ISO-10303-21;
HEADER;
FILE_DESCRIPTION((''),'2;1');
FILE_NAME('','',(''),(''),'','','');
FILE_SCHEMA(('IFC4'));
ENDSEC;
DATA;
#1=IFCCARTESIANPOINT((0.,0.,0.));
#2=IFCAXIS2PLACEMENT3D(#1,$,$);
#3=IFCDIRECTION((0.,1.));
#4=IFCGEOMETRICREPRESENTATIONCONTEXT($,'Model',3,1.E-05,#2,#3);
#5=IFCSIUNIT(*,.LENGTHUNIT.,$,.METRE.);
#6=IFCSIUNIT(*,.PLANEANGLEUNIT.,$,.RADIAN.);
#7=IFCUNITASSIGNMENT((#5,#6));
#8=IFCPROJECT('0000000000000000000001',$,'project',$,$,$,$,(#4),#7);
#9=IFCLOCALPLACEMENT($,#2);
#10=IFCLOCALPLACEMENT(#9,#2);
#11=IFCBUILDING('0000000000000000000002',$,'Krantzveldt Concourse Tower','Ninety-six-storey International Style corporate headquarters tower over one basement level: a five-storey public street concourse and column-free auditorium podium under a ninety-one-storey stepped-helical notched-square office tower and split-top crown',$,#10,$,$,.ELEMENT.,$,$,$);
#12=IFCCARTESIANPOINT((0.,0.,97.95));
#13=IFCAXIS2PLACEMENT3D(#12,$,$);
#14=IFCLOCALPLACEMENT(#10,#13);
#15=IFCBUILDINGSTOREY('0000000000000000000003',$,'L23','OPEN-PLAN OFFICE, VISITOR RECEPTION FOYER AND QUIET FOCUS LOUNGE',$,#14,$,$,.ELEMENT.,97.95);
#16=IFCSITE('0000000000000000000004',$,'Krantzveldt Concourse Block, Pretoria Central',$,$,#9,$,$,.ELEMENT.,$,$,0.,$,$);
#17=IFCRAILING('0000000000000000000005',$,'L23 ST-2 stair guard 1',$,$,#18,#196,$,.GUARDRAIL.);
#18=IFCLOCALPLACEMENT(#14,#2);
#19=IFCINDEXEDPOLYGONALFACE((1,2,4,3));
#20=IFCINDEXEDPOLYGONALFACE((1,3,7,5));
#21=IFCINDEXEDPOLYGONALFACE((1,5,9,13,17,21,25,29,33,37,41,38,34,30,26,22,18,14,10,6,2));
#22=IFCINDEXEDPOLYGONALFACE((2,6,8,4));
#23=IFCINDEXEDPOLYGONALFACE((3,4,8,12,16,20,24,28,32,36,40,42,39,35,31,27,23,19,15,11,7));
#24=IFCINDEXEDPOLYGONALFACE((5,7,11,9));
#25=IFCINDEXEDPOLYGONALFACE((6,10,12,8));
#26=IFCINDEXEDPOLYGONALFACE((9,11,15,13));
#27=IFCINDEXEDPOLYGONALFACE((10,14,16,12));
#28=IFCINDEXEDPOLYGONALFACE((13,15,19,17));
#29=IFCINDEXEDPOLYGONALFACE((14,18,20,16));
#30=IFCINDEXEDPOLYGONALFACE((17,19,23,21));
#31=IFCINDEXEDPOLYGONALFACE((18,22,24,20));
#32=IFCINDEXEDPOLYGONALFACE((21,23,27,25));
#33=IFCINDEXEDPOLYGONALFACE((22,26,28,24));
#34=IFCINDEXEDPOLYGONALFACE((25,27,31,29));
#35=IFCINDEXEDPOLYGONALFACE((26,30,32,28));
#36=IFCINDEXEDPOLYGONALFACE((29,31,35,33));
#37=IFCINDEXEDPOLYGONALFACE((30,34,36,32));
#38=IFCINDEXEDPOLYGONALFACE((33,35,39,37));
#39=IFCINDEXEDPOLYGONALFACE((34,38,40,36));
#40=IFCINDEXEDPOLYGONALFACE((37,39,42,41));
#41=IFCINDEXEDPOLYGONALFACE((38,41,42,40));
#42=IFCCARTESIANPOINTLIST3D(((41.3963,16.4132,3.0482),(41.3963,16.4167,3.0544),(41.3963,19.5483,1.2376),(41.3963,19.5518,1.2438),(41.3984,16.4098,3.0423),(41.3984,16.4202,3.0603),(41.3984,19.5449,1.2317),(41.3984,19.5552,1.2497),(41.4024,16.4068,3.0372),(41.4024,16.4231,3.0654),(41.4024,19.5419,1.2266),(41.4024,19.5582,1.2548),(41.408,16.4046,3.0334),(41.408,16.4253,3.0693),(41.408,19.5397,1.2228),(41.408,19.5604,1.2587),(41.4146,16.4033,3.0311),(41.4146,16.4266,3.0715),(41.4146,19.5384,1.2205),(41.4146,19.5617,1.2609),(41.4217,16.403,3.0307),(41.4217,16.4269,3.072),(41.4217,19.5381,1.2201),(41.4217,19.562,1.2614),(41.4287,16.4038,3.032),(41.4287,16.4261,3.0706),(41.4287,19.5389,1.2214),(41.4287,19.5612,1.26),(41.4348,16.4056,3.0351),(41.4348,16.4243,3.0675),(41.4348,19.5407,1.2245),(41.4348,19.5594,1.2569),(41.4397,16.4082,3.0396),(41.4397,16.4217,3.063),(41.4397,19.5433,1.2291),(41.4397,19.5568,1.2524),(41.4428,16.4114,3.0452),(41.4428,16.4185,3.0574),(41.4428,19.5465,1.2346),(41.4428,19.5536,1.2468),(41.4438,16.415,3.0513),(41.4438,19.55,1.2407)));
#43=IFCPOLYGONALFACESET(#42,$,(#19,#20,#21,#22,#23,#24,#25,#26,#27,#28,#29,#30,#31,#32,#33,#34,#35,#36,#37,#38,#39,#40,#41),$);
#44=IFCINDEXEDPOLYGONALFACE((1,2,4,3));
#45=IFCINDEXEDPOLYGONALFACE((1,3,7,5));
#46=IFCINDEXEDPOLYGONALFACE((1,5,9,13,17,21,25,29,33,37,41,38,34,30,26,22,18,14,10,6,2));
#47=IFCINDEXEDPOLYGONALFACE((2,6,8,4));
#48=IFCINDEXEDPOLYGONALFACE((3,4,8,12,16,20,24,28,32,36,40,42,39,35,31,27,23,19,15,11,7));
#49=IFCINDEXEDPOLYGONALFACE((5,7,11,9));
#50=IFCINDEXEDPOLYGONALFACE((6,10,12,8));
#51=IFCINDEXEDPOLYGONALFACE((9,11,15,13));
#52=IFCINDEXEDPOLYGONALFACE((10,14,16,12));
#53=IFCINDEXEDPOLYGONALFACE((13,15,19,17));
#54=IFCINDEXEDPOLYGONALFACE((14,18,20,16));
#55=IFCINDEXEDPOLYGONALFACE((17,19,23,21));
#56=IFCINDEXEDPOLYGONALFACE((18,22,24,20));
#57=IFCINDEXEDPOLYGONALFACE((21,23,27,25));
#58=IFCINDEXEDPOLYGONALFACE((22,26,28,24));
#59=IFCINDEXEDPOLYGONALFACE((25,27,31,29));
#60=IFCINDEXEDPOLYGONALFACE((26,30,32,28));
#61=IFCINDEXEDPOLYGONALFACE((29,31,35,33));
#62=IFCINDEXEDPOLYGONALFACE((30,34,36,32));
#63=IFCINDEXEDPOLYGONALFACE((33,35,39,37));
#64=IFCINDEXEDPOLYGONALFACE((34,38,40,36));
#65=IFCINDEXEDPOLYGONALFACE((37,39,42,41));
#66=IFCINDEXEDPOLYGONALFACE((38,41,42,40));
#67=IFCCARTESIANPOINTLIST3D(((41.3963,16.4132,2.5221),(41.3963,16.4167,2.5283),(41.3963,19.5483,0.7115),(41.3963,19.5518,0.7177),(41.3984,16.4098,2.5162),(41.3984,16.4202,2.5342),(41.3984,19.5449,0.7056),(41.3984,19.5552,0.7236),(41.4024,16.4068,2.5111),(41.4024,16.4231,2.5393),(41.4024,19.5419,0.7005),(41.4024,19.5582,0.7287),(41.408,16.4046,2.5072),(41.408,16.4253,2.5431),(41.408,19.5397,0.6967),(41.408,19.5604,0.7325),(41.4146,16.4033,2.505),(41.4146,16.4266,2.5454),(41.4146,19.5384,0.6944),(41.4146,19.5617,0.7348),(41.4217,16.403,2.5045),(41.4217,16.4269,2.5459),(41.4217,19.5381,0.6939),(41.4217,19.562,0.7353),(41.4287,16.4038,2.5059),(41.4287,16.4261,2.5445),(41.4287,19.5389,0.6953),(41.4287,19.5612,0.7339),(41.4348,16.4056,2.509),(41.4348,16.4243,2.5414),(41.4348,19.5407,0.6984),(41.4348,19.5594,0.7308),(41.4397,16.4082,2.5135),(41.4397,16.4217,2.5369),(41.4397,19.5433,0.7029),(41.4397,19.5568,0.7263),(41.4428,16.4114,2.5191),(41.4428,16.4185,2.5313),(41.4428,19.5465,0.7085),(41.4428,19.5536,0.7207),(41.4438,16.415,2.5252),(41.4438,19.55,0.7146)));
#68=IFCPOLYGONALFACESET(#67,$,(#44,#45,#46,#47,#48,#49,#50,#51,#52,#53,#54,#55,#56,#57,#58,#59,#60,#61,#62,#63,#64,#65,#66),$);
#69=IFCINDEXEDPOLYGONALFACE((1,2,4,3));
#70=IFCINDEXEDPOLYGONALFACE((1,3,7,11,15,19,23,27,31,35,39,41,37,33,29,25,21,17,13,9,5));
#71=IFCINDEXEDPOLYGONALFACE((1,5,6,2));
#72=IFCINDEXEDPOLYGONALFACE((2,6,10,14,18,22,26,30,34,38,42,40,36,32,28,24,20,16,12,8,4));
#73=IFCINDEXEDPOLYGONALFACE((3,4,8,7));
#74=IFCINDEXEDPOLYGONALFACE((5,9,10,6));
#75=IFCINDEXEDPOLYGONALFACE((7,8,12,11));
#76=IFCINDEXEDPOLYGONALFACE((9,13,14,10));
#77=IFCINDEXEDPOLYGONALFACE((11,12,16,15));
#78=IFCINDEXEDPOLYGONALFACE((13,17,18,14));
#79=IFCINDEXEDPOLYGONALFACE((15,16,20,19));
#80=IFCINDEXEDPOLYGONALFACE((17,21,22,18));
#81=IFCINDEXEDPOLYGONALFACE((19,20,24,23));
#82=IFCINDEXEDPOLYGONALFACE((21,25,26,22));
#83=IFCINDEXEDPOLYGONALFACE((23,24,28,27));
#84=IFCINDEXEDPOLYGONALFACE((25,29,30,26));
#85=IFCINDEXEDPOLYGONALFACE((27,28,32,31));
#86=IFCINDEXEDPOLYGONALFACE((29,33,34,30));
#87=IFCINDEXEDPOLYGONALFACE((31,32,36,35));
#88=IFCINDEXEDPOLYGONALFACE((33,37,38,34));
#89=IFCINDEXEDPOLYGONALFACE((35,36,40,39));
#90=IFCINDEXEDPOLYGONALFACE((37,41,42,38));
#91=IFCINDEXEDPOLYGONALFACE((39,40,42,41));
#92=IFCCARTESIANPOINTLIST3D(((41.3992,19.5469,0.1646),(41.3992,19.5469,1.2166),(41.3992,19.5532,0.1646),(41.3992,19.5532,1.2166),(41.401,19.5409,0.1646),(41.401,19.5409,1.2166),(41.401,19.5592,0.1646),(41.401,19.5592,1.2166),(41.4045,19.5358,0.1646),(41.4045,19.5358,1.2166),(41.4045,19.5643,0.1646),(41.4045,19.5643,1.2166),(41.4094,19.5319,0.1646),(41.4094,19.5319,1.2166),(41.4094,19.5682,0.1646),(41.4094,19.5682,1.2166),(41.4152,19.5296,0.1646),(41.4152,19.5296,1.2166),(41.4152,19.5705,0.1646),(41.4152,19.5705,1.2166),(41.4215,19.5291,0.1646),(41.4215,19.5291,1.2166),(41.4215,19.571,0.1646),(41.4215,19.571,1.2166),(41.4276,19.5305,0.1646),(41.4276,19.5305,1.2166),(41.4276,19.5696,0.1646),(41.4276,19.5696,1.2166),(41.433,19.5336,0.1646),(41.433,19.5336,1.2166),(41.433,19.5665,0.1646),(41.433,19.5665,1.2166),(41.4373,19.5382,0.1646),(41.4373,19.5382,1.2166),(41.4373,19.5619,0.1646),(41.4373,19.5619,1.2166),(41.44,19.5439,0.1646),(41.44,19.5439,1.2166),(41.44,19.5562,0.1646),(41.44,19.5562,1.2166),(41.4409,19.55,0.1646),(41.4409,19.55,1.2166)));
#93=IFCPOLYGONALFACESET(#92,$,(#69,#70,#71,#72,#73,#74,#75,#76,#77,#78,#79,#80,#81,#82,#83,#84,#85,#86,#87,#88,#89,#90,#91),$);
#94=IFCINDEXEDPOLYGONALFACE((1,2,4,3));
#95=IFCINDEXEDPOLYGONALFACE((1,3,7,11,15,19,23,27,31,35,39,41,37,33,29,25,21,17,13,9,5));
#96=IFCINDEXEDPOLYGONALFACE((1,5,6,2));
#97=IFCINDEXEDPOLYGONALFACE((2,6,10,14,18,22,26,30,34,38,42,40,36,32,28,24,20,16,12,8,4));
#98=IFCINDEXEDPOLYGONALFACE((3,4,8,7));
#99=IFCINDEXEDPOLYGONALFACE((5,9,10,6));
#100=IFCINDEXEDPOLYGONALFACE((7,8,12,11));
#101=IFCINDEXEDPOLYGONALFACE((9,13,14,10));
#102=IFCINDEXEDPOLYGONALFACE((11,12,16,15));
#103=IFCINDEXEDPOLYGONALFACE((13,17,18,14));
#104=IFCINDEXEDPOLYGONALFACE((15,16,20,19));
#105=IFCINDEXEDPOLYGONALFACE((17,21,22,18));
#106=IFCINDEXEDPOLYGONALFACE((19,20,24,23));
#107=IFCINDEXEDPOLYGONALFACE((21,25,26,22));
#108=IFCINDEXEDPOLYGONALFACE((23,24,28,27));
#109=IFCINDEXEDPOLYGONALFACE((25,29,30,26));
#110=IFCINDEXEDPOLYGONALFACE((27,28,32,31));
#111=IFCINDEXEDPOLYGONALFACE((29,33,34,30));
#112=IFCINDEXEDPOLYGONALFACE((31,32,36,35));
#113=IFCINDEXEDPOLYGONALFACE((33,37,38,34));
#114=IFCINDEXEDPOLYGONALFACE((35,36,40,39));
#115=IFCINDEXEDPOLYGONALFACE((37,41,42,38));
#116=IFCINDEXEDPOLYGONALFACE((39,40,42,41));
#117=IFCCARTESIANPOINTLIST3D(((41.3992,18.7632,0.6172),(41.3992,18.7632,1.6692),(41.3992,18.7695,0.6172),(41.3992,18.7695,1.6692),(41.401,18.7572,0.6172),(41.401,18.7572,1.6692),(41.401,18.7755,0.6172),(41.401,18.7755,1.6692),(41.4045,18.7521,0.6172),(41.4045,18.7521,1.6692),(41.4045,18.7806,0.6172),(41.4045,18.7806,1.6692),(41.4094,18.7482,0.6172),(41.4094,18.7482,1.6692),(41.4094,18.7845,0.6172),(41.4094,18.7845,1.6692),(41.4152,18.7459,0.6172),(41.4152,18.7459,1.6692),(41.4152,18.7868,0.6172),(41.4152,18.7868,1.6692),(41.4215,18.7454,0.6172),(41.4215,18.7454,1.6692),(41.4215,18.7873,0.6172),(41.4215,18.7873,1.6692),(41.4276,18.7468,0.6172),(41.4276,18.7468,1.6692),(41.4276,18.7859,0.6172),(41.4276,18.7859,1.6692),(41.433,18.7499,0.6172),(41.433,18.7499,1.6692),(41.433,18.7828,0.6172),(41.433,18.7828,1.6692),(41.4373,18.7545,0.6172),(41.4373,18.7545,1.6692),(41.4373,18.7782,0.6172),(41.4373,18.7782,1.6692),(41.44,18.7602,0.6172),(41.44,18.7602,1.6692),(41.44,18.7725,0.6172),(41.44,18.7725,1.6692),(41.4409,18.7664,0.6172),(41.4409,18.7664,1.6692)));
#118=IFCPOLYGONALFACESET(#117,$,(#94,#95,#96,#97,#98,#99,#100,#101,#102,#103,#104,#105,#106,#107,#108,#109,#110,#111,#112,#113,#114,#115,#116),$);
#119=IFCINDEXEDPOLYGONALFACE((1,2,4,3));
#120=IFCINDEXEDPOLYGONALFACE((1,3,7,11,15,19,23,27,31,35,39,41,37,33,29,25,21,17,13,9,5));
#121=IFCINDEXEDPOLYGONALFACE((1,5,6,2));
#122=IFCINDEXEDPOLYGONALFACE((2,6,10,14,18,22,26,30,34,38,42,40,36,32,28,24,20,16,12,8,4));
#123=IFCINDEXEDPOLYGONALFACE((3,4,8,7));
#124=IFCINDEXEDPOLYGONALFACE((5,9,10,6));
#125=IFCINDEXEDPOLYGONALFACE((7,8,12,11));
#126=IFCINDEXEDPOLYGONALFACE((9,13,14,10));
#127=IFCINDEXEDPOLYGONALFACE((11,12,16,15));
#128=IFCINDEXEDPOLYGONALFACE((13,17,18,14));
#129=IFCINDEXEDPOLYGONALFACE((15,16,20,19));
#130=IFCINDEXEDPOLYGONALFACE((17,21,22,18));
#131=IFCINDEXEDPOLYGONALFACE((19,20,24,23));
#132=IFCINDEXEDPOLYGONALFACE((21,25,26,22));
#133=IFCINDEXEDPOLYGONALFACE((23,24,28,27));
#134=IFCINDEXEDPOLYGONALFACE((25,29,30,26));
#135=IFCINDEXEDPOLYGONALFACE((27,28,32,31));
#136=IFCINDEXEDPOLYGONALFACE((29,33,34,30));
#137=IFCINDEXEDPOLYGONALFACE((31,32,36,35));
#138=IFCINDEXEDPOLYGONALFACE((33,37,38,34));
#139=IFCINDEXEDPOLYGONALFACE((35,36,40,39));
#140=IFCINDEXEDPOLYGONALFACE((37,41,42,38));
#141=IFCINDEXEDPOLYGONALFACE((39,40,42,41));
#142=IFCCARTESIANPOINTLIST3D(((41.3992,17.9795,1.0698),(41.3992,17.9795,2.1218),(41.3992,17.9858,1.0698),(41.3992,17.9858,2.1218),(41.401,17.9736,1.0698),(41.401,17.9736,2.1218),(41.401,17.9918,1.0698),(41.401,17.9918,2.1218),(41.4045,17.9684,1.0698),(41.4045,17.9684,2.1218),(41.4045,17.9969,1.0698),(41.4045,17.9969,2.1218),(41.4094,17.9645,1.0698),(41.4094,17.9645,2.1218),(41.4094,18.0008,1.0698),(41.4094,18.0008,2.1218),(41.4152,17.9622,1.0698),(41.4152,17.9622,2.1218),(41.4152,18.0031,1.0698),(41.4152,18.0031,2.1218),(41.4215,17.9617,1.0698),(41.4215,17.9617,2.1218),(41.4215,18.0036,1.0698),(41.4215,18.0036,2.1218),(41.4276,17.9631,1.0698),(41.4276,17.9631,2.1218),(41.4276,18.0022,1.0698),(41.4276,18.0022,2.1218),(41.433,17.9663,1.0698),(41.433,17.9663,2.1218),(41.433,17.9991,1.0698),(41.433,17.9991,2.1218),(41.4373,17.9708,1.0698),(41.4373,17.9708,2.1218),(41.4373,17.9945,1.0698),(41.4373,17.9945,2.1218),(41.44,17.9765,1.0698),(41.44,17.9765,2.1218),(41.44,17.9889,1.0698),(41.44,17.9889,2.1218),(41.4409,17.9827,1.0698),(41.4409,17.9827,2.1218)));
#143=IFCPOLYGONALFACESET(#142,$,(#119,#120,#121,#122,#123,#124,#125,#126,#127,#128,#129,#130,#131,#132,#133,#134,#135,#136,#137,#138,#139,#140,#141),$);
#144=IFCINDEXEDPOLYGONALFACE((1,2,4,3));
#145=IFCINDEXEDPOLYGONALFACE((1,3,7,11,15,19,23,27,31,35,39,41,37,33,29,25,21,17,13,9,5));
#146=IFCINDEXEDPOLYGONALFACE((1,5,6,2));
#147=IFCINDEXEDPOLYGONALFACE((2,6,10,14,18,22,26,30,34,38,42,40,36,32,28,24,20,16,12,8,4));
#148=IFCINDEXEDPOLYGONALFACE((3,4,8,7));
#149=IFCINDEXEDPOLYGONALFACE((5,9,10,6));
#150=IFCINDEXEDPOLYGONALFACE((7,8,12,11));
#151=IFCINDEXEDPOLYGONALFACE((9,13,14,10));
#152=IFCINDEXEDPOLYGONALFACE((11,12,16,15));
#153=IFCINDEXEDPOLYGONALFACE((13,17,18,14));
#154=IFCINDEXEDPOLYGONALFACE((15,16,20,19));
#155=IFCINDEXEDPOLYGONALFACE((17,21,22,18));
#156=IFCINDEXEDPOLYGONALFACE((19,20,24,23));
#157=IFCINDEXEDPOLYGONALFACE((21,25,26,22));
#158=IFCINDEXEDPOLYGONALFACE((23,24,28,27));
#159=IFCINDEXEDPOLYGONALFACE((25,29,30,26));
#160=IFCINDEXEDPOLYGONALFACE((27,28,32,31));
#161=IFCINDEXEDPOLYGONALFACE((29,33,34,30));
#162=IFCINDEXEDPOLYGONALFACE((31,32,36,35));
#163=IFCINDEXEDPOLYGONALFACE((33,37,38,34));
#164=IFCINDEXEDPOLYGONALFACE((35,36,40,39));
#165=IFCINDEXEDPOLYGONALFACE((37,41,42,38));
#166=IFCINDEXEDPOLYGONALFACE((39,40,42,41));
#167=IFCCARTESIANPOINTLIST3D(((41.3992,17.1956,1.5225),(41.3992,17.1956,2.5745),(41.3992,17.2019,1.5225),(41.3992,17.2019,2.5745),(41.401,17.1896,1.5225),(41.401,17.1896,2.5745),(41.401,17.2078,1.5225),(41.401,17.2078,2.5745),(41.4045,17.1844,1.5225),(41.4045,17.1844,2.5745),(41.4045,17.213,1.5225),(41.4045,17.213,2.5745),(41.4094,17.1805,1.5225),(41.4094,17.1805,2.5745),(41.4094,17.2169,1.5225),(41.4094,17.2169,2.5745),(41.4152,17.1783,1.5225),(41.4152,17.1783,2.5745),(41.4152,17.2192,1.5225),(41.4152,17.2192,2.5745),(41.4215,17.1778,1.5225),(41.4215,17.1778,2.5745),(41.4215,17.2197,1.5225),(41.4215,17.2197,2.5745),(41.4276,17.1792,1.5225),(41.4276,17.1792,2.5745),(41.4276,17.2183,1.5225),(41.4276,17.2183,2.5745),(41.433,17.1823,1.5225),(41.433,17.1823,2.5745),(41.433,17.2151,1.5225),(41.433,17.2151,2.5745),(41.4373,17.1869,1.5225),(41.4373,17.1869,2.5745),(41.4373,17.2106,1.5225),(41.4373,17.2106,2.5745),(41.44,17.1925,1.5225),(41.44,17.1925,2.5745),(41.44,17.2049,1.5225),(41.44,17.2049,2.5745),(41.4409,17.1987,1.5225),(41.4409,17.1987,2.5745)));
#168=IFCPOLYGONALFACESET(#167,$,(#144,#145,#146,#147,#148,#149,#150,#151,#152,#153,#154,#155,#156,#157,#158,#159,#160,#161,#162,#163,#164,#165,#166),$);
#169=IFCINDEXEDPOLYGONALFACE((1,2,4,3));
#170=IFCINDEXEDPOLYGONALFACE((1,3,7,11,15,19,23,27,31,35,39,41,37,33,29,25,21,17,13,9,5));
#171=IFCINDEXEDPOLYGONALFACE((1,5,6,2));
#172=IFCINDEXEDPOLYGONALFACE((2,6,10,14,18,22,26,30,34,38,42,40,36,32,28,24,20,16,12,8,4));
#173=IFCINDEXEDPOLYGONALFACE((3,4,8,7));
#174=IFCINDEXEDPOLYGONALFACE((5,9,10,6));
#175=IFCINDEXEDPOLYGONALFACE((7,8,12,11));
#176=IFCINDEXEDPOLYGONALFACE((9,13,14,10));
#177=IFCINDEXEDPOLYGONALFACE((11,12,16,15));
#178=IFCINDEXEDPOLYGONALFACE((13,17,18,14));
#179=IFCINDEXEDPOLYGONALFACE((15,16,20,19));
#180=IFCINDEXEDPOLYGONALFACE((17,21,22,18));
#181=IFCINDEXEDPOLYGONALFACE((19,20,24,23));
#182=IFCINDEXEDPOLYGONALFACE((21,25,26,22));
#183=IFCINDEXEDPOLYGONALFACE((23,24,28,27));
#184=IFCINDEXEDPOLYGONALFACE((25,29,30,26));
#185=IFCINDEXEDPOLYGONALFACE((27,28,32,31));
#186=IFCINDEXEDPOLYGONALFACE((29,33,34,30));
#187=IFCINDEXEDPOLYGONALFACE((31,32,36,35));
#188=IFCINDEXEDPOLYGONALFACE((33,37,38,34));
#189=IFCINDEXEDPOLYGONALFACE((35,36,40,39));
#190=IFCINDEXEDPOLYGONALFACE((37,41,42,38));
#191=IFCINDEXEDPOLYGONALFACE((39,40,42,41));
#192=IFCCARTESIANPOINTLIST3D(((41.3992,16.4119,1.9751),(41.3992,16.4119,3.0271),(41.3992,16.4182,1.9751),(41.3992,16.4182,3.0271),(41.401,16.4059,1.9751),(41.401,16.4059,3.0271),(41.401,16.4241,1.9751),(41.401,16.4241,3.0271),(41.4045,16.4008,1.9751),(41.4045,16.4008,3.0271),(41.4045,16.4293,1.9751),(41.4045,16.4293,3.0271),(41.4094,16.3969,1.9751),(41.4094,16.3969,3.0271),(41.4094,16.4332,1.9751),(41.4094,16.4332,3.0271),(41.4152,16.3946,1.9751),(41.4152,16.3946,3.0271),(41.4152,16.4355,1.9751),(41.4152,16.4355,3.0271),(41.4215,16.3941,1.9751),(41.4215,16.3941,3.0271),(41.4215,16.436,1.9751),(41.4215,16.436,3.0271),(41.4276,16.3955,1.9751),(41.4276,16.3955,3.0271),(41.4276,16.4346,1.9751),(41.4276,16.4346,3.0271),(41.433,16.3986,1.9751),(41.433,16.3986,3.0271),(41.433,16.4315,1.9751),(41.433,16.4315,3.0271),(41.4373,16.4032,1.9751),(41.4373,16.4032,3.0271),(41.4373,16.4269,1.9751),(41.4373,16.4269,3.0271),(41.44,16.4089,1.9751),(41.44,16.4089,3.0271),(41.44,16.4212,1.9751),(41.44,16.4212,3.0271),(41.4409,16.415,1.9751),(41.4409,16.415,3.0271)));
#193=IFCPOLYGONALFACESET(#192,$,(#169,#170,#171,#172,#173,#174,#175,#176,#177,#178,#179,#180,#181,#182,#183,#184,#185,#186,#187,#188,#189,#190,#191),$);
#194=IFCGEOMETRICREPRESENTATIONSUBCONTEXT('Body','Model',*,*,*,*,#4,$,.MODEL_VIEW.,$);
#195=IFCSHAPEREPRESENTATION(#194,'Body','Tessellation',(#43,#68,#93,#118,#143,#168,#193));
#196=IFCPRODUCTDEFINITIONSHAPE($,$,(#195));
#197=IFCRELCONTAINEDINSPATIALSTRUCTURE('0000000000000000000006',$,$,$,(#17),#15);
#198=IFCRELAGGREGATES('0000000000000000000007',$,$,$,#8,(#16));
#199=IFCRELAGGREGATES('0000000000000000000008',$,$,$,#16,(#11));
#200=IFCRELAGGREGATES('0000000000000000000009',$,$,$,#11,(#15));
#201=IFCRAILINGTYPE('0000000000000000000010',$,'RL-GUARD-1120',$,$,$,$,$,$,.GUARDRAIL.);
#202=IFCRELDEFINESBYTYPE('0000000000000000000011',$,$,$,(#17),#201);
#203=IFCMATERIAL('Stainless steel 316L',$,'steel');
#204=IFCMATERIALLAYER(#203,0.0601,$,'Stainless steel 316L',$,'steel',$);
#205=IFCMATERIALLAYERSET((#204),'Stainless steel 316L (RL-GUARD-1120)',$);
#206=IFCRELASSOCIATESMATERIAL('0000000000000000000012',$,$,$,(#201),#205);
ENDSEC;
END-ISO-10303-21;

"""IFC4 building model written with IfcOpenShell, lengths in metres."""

from ifc_helpers import new_model, si_unit, direction, frame, origin, origin_2d, place, context, subcontext, project, spatial, circle, extrude, material, layer, layer_set, type_object, element, save


model = new_model("IFC4")

# Units and contexts
model_context = context("Model", 3, precision=1e-05, world=origin(), true_north=direction((0.0, 1.0)))
body_context = subcontext(model_context, "Body", "Model", "MODEL_VIEW")
ifc_project = project(units=[si_unit("LENGTHUNIT", "METRE"), si_unit("PLANEANGLEUNIT", "RADIAN")], contexts=[model_context])

# Site, building, storey
site_placement = place(None, origin())
site = spatial("IfcSite", under=ifc_project, at=site_placement, Name="Krantzveldt Concourse Block, Pretoria Central", CompositionType="ELEMENT", RefElevation=0.0)
building_placement = place(site_placement, origin())
building = spatial("IfcBuilding", under=site, at=building_placement, Name="Krantzveldt Concourse Tower", Description="Ninety-six-storey International Style corporate headquarters tower over one basement level: a five-storey public street concourse and column-free auditorium podium under a ninety-one-storey stepped-helical notched-square office tower and split-top crown", CompositionType="ELEMENT")
storey_placement = place(building_placement, frame((0.0, 0.0, 97.95)))
storey = spatial("IfcBuildingStorey", under=building, at=storey_placement, Name="L23", Description="OPEN-PLAN OFFICE, VISITOR RECEPTION FOYER AND QUIET FOCUS LOUNGE", CompositionType="ELEMENT", Elevation=97.95)

# Shared definitions
ifc_material_1 = material(Name="Stainless steel 316L", Category="steel")

# Railing
ifc_layer_1 = layer(ifc_material_1, 0.0601, Name="Stainless steel 316L", Category="steel")
ifc_layer_set_1 = layer_set([ifc_layer_1], Name="Stainless steel 316L (RL-GUARD-1120)")
railing_type_1 = type_object("IfcRailingType", Name="RL-GUARD-1120", PredefinedType="GUARDRAIL", material=ifc_layer_set_1)
railing_1_placement = place(storey_placement, frame((41.4199, 19.55, 0.1646)))
element("IfcRailing", 1, at=railing_1_placement, inside=storey, type_object=railing_type_1, Name="L23 ST-2 stair guard 1", PredefinedType="GUARDRAIL", context=body_context, shape_type="SweptSolid", body=[
    extrude(circle(Radius=0.0239, at=origin_2d()), frame((0.0, 0.0, 1.0762), z_axis=(0.0, -0.86596, 0.500114), x_axis=(1.0, 0.0, 0.0)), (0.0, 0.0, 1.0), 3.6204),
    extrude(circle(Radius=0.0239, at=origin_2d()), frame((0.0, 0.0, 0.55), z_axis=(0.0, -0.86596, 0.500114), x_axis=(1.0, 0.0, 0.0)), (0.0, 0.0, 1.0), 3.6204),
    extrude(circle(Radius=0.021, at=origin_2d()), origin(), (0.0, 0.0, 1.0), 1.052),
    extrude(circle(Radius=0.021, at=origin_2d()), frame((0.0, -0.7837, 0.4526)), (0.0, 0.0, 1.0), 1.052),
    extrude(circle(Radius=0.021, at=origin_2d()), frame((0.0, -1.5674, 0.9053)), (0.0, 0.0, 1.0), 1.052),
    extrude(circle(Radius=0.021, at=origin_2d()), frame((0.0, -2.3513, 1.3579)), (0.0, 0.0, 1.0), 1.052),
    extrude(circle(Radius=0.021, at=origin_2d()), frame((0.0, -3.135, 1.8105)), (0.0, 0.0, 1.0), 1.052),
])

save(model, "model.ifc")
